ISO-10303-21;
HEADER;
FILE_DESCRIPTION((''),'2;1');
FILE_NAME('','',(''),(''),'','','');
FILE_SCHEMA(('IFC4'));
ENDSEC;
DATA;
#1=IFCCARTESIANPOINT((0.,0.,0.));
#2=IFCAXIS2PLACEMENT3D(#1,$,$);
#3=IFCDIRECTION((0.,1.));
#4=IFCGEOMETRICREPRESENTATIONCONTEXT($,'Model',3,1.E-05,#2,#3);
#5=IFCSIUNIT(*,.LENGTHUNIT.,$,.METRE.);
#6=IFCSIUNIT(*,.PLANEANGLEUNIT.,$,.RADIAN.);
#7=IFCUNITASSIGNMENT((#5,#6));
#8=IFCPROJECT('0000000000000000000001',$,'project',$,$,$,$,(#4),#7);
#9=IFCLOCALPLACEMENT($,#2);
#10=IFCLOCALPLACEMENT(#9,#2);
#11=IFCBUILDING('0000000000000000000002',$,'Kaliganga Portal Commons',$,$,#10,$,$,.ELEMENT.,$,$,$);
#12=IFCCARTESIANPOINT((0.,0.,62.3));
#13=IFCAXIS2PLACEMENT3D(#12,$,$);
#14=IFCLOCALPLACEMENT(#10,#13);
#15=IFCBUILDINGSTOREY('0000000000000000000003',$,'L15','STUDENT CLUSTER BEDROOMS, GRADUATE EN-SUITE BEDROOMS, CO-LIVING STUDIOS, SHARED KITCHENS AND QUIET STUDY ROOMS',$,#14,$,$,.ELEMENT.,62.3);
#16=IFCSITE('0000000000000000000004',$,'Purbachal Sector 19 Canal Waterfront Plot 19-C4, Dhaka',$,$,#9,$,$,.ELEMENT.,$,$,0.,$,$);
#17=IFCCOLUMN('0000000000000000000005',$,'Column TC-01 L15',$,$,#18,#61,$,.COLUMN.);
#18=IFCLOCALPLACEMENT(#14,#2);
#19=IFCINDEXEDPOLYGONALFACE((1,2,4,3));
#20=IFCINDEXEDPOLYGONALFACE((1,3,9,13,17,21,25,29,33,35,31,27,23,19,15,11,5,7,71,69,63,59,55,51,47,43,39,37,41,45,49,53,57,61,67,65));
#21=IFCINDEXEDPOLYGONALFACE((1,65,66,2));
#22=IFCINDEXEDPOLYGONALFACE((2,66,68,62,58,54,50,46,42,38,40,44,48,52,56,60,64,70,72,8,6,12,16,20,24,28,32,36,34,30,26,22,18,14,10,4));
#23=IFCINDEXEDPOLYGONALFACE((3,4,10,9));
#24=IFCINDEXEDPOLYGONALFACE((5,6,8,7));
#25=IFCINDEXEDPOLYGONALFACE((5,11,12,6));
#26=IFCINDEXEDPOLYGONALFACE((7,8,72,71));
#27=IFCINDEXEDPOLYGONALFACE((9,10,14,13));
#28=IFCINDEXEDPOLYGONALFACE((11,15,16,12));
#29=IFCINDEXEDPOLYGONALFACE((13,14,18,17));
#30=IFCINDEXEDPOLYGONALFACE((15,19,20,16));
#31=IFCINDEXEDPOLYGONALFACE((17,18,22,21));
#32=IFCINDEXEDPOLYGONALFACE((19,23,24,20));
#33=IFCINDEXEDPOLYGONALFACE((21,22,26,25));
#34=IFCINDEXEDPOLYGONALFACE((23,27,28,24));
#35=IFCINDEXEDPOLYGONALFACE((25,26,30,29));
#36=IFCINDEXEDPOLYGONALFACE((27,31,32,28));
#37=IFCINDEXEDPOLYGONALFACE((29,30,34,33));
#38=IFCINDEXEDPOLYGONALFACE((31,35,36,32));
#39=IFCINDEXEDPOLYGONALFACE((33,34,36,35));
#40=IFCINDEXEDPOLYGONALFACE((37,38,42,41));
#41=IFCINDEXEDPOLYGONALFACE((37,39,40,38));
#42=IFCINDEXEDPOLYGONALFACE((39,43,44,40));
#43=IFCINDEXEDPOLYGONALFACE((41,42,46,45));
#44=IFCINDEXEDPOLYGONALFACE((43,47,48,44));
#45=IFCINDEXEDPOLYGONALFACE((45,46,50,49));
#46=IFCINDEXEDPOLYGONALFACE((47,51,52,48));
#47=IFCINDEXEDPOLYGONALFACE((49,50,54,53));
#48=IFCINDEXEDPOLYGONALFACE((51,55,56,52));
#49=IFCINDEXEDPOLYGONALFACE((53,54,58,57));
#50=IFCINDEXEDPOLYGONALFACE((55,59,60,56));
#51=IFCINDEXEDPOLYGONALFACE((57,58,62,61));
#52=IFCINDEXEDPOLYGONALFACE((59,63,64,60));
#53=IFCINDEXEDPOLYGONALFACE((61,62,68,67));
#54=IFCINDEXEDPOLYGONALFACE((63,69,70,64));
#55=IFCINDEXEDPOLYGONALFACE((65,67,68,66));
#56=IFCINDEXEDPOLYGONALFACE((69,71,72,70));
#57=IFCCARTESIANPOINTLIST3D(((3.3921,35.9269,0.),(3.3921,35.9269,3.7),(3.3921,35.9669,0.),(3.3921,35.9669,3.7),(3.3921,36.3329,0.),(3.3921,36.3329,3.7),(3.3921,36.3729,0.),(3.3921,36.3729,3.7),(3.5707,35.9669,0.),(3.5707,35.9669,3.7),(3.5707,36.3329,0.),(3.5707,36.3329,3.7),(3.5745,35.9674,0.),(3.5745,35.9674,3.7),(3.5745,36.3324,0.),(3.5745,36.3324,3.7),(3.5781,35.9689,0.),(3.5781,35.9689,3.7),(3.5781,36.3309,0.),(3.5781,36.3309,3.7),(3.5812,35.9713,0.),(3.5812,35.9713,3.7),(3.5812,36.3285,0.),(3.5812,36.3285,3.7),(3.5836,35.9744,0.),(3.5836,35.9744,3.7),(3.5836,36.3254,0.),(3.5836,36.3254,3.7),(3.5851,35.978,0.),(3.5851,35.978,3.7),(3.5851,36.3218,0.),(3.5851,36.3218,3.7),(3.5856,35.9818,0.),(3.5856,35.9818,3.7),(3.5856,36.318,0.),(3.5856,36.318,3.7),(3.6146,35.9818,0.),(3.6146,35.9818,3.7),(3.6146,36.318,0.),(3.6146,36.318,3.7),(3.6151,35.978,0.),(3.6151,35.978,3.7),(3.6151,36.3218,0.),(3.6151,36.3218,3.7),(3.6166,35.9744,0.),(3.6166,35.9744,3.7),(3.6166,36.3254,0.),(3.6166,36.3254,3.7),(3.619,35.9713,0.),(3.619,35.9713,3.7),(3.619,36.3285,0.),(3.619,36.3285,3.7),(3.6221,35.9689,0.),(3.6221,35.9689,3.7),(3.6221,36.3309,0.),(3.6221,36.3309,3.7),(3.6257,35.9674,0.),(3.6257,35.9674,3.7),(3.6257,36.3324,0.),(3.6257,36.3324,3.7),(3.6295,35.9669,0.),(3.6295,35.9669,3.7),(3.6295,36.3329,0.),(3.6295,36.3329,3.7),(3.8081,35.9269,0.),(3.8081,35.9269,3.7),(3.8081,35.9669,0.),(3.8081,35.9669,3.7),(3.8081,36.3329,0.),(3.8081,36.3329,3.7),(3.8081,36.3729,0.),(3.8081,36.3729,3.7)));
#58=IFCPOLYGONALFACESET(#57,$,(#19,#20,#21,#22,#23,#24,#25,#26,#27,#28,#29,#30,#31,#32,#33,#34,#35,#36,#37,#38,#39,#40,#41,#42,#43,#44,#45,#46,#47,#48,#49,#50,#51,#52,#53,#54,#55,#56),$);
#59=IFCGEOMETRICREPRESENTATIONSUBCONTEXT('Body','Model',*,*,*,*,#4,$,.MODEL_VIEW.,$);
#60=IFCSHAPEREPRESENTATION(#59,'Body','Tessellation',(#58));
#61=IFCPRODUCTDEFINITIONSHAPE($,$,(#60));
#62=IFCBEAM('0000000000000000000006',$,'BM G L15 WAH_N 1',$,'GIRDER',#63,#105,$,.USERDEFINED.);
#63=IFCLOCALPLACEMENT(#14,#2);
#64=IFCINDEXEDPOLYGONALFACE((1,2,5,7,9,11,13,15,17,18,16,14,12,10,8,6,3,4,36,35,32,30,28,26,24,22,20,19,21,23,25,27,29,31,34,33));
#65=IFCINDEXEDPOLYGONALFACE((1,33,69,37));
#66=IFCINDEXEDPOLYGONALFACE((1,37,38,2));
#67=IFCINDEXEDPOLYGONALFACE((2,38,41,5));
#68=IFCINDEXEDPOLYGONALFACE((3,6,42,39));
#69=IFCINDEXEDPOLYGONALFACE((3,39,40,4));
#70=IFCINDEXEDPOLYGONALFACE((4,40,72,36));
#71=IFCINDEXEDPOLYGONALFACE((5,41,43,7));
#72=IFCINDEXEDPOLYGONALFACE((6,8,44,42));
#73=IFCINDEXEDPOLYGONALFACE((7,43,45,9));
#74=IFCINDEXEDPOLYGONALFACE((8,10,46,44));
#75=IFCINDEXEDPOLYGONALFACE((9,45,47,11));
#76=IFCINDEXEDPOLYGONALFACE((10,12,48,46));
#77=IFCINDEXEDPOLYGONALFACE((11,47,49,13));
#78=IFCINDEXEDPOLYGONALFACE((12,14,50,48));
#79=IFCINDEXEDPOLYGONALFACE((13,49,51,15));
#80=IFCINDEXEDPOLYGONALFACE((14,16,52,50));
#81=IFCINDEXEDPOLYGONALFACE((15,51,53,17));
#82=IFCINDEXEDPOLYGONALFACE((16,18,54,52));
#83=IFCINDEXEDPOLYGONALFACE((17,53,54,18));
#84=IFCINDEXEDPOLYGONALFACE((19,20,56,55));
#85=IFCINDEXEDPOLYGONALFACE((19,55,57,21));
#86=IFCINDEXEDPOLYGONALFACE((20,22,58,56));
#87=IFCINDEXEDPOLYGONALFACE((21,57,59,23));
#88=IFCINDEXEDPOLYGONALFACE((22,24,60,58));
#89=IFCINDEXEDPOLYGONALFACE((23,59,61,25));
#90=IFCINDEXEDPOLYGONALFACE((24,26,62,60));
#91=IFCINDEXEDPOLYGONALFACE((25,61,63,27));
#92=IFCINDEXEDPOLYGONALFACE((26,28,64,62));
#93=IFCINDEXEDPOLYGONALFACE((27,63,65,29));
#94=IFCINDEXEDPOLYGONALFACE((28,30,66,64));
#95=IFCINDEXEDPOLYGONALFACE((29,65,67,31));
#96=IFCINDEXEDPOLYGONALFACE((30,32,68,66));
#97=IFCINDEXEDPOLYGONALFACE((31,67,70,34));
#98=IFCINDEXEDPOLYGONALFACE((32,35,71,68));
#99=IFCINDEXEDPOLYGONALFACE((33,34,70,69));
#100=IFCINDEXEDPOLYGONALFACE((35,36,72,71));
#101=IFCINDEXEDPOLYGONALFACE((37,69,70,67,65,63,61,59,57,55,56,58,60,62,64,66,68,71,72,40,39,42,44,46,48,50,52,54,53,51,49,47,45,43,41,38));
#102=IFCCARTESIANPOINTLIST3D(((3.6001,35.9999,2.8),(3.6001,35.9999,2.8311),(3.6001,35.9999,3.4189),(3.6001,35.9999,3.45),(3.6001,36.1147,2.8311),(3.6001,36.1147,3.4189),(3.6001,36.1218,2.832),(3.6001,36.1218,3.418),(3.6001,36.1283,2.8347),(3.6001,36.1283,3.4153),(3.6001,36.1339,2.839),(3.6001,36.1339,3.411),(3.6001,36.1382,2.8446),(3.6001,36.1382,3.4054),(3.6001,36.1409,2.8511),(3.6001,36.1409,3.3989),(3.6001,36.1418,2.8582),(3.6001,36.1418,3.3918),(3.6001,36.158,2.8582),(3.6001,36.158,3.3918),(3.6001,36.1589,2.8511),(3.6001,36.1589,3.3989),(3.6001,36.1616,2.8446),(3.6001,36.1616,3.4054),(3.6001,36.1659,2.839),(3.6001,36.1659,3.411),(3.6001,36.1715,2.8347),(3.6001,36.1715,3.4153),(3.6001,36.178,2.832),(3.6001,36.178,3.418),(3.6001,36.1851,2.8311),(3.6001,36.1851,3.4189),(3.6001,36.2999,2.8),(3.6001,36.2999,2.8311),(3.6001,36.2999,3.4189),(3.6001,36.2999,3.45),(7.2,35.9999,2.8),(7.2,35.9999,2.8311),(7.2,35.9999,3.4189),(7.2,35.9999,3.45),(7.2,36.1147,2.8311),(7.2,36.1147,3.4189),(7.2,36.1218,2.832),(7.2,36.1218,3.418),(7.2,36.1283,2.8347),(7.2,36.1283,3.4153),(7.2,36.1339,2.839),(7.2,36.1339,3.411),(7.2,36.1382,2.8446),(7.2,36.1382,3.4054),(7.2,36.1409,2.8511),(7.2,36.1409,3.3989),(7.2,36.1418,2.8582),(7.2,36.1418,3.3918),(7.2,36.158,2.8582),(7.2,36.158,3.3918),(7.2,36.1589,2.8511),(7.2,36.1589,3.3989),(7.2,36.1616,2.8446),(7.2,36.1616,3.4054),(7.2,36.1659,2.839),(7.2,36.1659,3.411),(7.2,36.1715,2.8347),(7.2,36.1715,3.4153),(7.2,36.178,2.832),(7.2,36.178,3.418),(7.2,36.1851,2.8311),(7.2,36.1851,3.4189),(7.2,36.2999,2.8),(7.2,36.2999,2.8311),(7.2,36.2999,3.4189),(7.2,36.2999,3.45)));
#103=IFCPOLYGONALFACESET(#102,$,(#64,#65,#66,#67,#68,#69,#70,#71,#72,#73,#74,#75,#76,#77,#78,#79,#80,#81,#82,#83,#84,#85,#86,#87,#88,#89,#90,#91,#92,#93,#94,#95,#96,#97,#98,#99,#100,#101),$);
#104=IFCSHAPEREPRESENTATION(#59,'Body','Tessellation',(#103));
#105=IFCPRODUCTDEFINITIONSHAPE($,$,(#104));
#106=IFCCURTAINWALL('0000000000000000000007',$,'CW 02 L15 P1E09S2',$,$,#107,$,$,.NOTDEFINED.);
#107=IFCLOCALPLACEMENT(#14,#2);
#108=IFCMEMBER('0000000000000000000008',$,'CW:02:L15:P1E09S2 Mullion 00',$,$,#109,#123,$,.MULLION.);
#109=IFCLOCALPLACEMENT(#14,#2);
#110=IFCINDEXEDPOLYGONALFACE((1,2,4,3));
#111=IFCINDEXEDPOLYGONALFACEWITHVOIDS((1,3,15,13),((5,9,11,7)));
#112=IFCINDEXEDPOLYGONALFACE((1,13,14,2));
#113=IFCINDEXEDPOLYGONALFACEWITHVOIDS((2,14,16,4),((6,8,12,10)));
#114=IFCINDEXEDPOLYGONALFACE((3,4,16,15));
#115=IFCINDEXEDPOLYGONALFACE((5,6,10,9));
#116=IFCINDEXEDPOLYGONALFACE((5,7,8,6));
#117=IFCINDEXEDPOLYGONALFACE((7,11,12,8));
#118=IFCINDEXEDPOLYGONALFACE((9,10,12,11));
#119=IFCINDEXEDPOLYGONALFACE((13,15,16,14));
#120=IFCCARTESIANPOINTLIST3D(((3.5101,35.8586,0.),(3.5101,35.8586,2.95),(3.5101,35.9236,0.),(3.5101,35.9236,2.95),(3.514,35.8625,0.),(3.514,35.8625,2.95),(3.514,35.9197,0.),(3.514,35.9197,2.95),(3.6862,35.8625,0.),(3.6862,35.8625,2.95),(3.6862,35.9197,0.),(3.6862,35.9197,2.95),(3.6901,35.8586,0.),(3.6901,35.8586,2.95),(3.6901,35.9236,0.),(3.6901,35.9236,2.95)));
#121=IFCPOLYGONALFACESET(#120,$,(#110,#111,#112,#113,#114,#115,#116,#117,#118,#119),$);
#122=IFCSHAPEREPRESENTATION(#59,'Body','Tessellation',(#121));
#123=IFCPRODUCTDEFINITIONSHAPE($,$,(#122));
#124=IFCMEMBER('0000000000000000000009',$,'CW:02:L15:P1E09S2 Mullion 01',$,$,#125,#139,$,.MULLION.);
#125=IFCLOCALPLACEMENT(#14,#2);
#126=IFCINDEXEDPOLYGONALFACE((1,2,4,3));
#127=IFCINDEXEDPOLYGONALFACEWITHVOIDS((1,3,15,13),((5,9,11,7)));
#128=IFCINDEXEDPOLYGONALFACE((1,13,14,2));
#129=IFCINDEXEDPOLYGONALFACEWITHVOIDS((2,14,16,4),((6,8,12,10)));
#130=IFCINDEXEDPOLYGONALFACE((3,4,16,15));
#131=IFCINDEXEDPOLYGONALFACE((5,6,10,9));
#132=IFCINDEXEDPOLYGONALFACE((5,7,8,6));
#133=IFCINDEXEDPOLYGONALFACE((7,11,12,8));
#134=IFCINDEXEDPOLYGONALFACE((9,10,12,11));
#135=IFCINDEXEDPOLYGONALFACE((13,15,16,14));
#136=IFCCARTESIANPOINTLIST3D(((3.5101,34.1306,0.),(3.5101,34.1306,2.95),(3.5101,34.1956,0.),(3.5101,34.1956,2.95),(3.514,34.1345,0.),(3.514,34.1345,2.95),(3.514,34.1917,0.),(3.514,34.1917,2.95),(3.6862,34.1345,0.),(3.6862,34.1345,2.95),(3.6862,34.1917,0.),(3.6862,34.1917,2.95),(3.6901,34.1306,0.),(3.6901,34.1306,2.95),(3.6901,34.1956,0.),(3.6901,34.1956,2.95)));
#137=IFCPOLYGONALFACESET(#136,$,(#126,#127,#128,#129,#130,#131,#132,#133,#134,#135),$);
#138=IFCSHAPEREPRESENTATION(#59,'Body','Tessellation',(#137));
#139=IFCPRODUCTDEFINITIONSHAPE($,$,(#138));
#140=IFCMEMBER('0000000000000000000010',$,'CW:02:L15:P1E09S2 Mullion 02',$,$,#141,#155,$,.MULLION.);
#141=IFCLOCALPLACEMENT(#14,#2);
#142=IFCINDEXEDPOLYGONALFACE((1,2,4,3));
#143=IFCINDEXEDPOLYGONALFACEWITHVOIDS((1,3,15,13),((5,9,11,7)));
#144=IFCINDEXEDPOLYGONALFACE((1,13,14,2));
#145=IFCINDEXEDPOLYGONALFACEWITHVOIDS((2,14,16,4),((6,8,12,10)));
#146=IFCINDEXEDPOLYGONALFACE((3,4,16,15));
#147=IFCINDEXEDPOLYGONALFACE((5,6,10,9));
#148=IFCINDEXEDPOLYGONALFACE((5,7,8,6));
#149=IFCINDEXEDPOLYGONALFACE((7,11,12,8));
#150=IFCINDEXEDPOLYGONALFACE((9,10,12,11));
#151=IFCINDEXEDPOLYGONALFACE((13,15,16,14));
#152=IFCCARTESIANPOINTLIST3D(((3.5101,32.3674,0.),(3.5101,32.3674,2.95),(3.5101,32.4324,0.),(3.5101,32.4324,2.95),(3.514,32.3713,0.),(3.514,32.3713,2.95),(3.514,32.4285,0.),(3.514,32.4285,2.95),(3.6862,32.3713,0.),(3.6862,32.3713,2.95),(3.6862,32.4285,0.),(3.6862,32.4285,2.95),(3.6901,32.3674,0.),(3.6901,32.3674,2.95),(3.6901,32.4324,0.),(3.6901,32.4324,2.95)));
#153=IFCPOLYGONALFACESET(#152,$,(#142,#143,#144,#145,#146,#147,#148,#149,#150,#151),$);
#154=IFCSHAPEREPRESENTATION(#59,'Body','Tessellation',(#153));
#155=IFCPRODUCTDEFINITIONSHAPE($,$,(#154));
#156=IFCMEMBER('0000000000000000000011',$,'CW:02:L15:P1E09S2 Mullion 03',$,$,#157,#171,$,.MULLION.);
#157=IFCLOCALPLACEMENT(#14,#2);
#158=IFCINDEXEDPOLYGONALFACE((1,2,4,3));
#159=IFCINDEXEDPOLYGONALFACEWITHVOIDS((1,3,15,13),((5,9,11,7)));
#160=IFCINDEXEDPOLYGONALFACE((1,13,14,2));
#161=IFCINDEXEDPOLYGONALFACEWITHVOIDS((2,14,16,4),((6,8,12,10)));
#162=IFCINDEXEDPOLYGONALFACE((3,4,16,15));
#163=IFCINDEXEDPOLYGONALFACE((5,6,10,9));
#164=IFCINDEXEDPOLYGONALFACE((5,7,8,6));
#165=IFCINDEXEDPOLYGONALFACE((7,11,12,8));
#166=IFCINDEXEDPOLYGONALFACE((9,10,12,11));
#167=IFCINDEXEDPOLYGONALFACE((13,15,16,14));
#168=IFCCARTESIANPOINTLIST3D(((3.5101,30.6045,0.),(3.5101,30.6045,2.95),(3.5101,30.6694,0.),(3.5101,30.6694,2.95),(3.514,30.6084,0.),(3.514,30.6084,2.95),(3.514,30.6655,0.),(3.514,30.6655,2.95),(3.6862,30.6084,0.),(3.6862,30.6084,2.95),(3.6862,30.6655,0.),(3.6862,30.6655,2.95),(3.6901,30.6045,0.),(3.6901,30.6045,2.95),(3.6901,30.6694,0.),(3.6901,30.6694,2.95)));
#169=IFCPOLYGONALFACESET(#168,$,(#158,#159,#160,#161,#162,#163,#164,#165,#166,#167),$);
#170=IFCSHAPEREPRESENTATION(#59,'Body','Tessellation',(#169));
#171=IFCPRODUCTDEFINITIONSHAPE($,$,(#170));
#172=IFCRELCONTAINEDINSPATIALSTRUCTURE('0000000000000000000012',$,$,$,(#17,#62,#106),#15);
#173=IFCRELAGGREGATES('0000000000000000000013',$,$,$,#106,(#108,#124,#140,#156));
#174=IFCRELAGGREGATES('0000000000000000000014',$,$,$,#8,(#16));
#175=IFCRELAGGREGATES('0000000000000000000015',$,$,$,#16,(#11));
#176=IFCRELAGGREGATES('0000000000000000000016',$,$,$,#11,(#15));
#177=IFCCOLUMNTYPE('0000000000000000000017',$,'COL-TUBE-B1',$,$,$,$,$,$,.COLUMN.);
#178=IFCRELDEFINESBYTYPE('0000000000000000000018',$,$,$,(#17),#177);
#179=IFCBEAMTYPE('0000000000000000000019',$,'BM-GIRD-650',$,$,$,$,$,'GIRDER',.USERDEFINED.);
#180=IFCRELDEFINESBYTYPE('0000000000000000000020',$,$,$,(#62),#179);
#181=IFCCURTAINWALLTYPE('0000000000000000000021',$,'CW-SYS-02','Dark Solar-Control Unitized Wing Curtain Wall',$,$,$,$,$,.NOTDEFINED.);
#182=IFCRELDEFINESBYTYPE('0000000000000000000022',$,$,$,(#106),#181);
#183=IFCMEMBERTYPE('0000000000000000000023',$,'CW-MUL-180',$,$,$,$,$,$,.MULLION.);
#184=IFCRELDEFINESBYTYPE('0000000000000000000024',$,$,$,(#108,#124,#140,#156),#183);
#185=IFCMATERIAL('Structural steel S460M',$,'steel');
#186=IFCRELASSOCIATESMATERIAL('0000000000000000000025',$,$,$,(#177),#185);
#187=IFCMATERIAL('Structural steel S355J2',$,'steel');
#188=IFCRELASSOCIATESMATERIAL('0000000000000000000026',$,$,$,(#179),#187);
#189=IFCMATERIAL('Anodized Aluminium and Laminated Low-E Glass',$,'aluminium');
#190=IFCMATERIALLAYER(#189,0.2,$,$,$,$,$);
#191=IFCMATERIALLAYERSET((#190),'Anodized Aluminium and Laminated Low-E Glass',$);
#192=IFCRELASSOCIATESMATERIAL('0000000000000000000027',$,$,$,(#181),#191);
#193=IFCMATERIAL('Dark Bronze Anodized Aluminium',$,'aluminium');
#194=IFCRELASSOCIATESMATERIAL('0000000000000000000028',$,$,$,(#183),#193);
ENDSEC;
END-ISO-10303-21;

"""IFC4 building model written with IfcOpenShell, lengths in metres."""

from ifc_helpers import new_model, si_unit, direction, frame, origin, origin_2d, place, context, subcontext, project, spatial, hollow_rectangle, i_section, extrude, source, transform, mapped, material, layer, layer_set, material_profile, profile_set, type_object, element, aggregate, save


model = new_model("IFC4")

# Units and contexts
model_context = context("Model", 3, precision=1e-05, world=origin(), true_north=direction((0.0, 1.0)))
body_context = subcontext(model_context, "Body", "Model", "MODEL_VIEW")
ifc_project = project(units=[si_unit("LENGTHUNIT", "METRE"), si_unit("PLANEANGLEUNIT", "RADIAN")], contexts=[model_context])

# Site, building, storey
site_placement = place(None, origin())
site = spatial("IfcSite", under=ifc_project, at=site_placement, Name="Purbachal Sector 19 Canal Waterfront Plot 19-C4, Dhaka", CompositionType="ELEMENT", RefElevation=0.0)
building_placement = place(site_placement, origin())
building = spatial("IfcBuilding", under=site, at=building_placement, Name="Kaliganga Portal Commons", CompositionType="ELEMENT")
storey_placement = place(building_placement, frame((0.0, 0.0, 62.3)))
storey = spatial("IfcBuildingStorey", under=building, at=storey_placement, Name="L15", Description="STUDENT CLUSTER BEDROOMS, GRADUATE EN-SUITE BEDROOMS, CO-LIVING STUDIOS, SHARED KITCHENS AND QUIET STUDY ROOMS", CompositionType="ELEMENT", Elevation=62.3)

# Column
ifc_material_1 = material(Name="Structural steel S460M", Category="steel")
ifc_material_profile_1 = material_profile(ifc_material_1, i_section(OverallWidth=0.416, OverallDepth=0.446, WebThickness=0.0291, FlangeThickness=0.04, FilletRadius=0.0149, at=origin_2d()), Name="HD 400x509")
ifc_profile_set_1 = profile_set([ifc_material_profile_1], Name="Structural steel S460M wide-flange")
column_type = type_object("IfcColumnType", Name="COL-TUBE-B1", PredefinedType="COLUMN", material=ifc_profile_set_1)
shared_shape_1 = source(origin(), body_context, "Body", "SweptSolid", [
    extrude(i_section(OverallWidth=0.416, OverallDepth=0.446, WebThickness=0.0291, FlangeThickness=0.04, FilletRadius=0.0149, at=origin_2d()), origin(), (0.0, 0.0, 1.0), 3.7),
])
column_placement = place(storey_placement, frame((3.6001, 36.1499, 0.0), z_axis=(0.0, 0.0, 1.0), x_axis=(1.0, 0.0, 0.0)))
element("IfcColumn", 1, at=column_placement, inside=storey, type_object=column_type, Name="Column TC-01 L15", PredefinedType="COLUMN", context=body_context, shape_type="MappedRepresentation", body=[
    mapped(shared_shape_1, transform((0.0, 0.0, 0.0), x_axis=(1.0, 0.0, 0.0), y_axis=(0.0, 1.0, 0.0), z_axis=(0.0, 0.0, 1.0), scale=1.0)),
])

# Beam
ifc_material_2 = material(Name="Structural steel S355J2", Category="steel")
ifc_material_profile_2 = material_profile(ifc_material_2, i_section(OverallWidth=0.3, OverallDepth=0.6499, WebThickness=0.0161, FlangeThickness=0.031, FilletRadius=0.0271, at=origin_2d()), Name="HE 650 B")
ifc_profile_set_2 = profile_set([ifc_material_profile_2], Name="Structural steel S355J2 wide-flange")
beam_type = type_object("IfcBeamType", Name="BM-GIRD-650", ElementType="GIRDER", PredefinedType="USERDEFINED", material=ifc_profile_set_2)
shared_shape_2 = source(origin(), body_context, "Body", "SweptSolid", [
    extrude(i_section(OverallWidth=0.3, OverallDepth=0.6499, WebThickness=0.0161, FlangeThickness=0.031, FilletRadius=0.0271, at=origin_2d()), origin(), (0.0, 0.0, 1.0), 3.5999),
])
beam_placement = place(storey_placement, frame((3.6001, 36.1499, 3.125), z_axis=(1.0, 0.0, 0.0), x_axis=(0.0, 1.0, 0.0)))
element("IfcBeam", 2, at=beam_placement, inside=storey, type_object=beam_type, Name="BM G L15 WAH_N 1", ObjectType="GIRDER", PredefinedType="USERDEFINED", context=body_context, shape_type="MappedRepresentation", body=[
    mapped(shared_shape_2, transform((0.0, 0.0, 0.0), x_axis=(1.0, 0.0, 0.0), y_axis=(0.0, 1.0, 0.0), z_axis=(0.0, 0.0, 1.0), scale=1.0)),
])

# Curtain wall, members
ifc_material_3 = material(Name="Anodized Aluminium and Laminated Low-E Glass", Category="aluminium")
ifc_layer_1 = layer(ifc_material_3, 0.2)
ifc_layer_set_1 = layer_set([ifc_layer_1], Name="Anodized Aluminium and Laminated Low-E Glass")
curtain_wall_type = type_object("IfcCurtainWallType", Name="CW-SYS-02", Description="Dark Solar-Control Unitized Wing Curtain Wall", PredefinedType="NOTDEFINED", material=ifc_layer_set_1)
curtain_wall_placement = place(storey_placement, origin())
curtain_wall = element("IfcCurtainWall", 3, at=curtain_wall_placement, inside=storey, type_object=curtain_wall_type, Name="CW 02 L15 P1E09S2", PredefinedType="NOTDEFINED")
ifc_material_4 = material(Name="Dark Bronze Anodized Aluminium", Category="aluminium")
ifc_material_profile_3 = material_profile(ifc_material_4, hollow_rectangle(XDim=0.0649, YDim=0.1799, WallThickness=0.0039, at=origin_2d()), Name="ALU MULL 65x180x4")
ifc_profile_set_3 = profile_set([ifc_material_profile_3], Name="Dark Bronze Anodized Aluminium")
member_type_1 = type_object("IfcMemberType", Name="CW-MUL-180", PredefinedType="MULLION", material=ifc_profile_set_3)
shared_shape_3 = source(origin(), body_context, "Body", "SweptSolid", [
    extrude(hollow_rectangle(XDim=0.0649, YDim=0.1799, WallThickness=0.0039, at=origin_2d()), origin(), (0.0, 0.0, 1.0), 2.95),
])
member_1_placement = place(storey_placement, frame((3.6001, 35.8911, 0.0), z_axis=(0.0, 0.0, 1.0), x_axis=(0.0, -1.0, 0.0)))
member_1 = element("IfcMember", 4, at=member_1_placement, type_object=member_type_1, Name="CW:02:L15:P1E09S2 Mullion 00", PredefinedType="MULLION", context=body_context, shape_type="MappedRepresentation", body=[
    mapped(shared_shape_3, transform((0.0, 0.0, 0.0), x_axis=(1.0, 0.0, 0.0), y_axis=(0.0, 1.0, 0.0), z_axis=(0.0, 0.0, 1.0), scale=1.0)),
])
member_2_placement = place(storey_placement, frame((3.6001, 34.1631, 0.0), z_axis=(0.0, 0.0, 1.0), x_axis=(0.0, -1.0, 0.0)))
member_2 = element("IfcMember", 5, at=member_2_placement, type_object=member_type_1, Name="CW:02:L15:P1E09S2 Mullion 01", PredefinedType="MULLION", context=body_context, shape_type="MappedRepresentation", body=[
    mapped(shared_shape_3, transform((0.0, 0.0, 0.0), x_axis=(1.0, 0.0, 0.0), y_axis=(0.0, 1.0, 0.0), z_axis=(0.0, 0.0, 1.0), scale=1.0)),
])
member_3_placement = place(storey_placement, frame((3.6001, 32.3999, 0.0), z_axis=(0.0, 0.0, 1.0), x_axis=(0.0, -1.0, 0.0)))
member_3 = element("IfcMember", 6, at=member_3_placement, type_object=member_type_1, Name="CW:02:L15:P1E09S2 Mullion 02", PredefinedType="MULLION", context=body_context, shape_type="MappedRepresentation", body=[
    mapped(shared_shape_3, transform((0.0, 0.0, 0.0), x_axis=(1.0, 0.0, 0.0), y_axis=(0.0, 1.0, 0.0), z_axis=(0.0, 0.0, 1.0), scale=1.0)),
])
member_4_placement = place(storey_placement, frame((3.6001, 30.637, 0.0), z_axis=(0.0, 0.0, 1.0), x_axis=(0.0, -1.0, 0.0)))
member_4 = element("IfcMember", 7, at=member_4_placement, type_object=member_type_1, Name="CW:02:L15:P1E09S2 Mullion 03", PredefinedType="MULLION", context=body_context, shape_type="MappedRepresentation", body=[
    mapped(shared_shape_3, transform((0.0, 0.0, 0.0), x_axis=(1.0, 0.0, 0.0), y_axis=(0.0, 1.0, 0.0), z_axis=(0.0, 0.0, 1.0), scale=1.0)),
])
aggregate(curtain_wall, [member_1, member_2, member_3, member_4])

save(model, "model.ifc")
